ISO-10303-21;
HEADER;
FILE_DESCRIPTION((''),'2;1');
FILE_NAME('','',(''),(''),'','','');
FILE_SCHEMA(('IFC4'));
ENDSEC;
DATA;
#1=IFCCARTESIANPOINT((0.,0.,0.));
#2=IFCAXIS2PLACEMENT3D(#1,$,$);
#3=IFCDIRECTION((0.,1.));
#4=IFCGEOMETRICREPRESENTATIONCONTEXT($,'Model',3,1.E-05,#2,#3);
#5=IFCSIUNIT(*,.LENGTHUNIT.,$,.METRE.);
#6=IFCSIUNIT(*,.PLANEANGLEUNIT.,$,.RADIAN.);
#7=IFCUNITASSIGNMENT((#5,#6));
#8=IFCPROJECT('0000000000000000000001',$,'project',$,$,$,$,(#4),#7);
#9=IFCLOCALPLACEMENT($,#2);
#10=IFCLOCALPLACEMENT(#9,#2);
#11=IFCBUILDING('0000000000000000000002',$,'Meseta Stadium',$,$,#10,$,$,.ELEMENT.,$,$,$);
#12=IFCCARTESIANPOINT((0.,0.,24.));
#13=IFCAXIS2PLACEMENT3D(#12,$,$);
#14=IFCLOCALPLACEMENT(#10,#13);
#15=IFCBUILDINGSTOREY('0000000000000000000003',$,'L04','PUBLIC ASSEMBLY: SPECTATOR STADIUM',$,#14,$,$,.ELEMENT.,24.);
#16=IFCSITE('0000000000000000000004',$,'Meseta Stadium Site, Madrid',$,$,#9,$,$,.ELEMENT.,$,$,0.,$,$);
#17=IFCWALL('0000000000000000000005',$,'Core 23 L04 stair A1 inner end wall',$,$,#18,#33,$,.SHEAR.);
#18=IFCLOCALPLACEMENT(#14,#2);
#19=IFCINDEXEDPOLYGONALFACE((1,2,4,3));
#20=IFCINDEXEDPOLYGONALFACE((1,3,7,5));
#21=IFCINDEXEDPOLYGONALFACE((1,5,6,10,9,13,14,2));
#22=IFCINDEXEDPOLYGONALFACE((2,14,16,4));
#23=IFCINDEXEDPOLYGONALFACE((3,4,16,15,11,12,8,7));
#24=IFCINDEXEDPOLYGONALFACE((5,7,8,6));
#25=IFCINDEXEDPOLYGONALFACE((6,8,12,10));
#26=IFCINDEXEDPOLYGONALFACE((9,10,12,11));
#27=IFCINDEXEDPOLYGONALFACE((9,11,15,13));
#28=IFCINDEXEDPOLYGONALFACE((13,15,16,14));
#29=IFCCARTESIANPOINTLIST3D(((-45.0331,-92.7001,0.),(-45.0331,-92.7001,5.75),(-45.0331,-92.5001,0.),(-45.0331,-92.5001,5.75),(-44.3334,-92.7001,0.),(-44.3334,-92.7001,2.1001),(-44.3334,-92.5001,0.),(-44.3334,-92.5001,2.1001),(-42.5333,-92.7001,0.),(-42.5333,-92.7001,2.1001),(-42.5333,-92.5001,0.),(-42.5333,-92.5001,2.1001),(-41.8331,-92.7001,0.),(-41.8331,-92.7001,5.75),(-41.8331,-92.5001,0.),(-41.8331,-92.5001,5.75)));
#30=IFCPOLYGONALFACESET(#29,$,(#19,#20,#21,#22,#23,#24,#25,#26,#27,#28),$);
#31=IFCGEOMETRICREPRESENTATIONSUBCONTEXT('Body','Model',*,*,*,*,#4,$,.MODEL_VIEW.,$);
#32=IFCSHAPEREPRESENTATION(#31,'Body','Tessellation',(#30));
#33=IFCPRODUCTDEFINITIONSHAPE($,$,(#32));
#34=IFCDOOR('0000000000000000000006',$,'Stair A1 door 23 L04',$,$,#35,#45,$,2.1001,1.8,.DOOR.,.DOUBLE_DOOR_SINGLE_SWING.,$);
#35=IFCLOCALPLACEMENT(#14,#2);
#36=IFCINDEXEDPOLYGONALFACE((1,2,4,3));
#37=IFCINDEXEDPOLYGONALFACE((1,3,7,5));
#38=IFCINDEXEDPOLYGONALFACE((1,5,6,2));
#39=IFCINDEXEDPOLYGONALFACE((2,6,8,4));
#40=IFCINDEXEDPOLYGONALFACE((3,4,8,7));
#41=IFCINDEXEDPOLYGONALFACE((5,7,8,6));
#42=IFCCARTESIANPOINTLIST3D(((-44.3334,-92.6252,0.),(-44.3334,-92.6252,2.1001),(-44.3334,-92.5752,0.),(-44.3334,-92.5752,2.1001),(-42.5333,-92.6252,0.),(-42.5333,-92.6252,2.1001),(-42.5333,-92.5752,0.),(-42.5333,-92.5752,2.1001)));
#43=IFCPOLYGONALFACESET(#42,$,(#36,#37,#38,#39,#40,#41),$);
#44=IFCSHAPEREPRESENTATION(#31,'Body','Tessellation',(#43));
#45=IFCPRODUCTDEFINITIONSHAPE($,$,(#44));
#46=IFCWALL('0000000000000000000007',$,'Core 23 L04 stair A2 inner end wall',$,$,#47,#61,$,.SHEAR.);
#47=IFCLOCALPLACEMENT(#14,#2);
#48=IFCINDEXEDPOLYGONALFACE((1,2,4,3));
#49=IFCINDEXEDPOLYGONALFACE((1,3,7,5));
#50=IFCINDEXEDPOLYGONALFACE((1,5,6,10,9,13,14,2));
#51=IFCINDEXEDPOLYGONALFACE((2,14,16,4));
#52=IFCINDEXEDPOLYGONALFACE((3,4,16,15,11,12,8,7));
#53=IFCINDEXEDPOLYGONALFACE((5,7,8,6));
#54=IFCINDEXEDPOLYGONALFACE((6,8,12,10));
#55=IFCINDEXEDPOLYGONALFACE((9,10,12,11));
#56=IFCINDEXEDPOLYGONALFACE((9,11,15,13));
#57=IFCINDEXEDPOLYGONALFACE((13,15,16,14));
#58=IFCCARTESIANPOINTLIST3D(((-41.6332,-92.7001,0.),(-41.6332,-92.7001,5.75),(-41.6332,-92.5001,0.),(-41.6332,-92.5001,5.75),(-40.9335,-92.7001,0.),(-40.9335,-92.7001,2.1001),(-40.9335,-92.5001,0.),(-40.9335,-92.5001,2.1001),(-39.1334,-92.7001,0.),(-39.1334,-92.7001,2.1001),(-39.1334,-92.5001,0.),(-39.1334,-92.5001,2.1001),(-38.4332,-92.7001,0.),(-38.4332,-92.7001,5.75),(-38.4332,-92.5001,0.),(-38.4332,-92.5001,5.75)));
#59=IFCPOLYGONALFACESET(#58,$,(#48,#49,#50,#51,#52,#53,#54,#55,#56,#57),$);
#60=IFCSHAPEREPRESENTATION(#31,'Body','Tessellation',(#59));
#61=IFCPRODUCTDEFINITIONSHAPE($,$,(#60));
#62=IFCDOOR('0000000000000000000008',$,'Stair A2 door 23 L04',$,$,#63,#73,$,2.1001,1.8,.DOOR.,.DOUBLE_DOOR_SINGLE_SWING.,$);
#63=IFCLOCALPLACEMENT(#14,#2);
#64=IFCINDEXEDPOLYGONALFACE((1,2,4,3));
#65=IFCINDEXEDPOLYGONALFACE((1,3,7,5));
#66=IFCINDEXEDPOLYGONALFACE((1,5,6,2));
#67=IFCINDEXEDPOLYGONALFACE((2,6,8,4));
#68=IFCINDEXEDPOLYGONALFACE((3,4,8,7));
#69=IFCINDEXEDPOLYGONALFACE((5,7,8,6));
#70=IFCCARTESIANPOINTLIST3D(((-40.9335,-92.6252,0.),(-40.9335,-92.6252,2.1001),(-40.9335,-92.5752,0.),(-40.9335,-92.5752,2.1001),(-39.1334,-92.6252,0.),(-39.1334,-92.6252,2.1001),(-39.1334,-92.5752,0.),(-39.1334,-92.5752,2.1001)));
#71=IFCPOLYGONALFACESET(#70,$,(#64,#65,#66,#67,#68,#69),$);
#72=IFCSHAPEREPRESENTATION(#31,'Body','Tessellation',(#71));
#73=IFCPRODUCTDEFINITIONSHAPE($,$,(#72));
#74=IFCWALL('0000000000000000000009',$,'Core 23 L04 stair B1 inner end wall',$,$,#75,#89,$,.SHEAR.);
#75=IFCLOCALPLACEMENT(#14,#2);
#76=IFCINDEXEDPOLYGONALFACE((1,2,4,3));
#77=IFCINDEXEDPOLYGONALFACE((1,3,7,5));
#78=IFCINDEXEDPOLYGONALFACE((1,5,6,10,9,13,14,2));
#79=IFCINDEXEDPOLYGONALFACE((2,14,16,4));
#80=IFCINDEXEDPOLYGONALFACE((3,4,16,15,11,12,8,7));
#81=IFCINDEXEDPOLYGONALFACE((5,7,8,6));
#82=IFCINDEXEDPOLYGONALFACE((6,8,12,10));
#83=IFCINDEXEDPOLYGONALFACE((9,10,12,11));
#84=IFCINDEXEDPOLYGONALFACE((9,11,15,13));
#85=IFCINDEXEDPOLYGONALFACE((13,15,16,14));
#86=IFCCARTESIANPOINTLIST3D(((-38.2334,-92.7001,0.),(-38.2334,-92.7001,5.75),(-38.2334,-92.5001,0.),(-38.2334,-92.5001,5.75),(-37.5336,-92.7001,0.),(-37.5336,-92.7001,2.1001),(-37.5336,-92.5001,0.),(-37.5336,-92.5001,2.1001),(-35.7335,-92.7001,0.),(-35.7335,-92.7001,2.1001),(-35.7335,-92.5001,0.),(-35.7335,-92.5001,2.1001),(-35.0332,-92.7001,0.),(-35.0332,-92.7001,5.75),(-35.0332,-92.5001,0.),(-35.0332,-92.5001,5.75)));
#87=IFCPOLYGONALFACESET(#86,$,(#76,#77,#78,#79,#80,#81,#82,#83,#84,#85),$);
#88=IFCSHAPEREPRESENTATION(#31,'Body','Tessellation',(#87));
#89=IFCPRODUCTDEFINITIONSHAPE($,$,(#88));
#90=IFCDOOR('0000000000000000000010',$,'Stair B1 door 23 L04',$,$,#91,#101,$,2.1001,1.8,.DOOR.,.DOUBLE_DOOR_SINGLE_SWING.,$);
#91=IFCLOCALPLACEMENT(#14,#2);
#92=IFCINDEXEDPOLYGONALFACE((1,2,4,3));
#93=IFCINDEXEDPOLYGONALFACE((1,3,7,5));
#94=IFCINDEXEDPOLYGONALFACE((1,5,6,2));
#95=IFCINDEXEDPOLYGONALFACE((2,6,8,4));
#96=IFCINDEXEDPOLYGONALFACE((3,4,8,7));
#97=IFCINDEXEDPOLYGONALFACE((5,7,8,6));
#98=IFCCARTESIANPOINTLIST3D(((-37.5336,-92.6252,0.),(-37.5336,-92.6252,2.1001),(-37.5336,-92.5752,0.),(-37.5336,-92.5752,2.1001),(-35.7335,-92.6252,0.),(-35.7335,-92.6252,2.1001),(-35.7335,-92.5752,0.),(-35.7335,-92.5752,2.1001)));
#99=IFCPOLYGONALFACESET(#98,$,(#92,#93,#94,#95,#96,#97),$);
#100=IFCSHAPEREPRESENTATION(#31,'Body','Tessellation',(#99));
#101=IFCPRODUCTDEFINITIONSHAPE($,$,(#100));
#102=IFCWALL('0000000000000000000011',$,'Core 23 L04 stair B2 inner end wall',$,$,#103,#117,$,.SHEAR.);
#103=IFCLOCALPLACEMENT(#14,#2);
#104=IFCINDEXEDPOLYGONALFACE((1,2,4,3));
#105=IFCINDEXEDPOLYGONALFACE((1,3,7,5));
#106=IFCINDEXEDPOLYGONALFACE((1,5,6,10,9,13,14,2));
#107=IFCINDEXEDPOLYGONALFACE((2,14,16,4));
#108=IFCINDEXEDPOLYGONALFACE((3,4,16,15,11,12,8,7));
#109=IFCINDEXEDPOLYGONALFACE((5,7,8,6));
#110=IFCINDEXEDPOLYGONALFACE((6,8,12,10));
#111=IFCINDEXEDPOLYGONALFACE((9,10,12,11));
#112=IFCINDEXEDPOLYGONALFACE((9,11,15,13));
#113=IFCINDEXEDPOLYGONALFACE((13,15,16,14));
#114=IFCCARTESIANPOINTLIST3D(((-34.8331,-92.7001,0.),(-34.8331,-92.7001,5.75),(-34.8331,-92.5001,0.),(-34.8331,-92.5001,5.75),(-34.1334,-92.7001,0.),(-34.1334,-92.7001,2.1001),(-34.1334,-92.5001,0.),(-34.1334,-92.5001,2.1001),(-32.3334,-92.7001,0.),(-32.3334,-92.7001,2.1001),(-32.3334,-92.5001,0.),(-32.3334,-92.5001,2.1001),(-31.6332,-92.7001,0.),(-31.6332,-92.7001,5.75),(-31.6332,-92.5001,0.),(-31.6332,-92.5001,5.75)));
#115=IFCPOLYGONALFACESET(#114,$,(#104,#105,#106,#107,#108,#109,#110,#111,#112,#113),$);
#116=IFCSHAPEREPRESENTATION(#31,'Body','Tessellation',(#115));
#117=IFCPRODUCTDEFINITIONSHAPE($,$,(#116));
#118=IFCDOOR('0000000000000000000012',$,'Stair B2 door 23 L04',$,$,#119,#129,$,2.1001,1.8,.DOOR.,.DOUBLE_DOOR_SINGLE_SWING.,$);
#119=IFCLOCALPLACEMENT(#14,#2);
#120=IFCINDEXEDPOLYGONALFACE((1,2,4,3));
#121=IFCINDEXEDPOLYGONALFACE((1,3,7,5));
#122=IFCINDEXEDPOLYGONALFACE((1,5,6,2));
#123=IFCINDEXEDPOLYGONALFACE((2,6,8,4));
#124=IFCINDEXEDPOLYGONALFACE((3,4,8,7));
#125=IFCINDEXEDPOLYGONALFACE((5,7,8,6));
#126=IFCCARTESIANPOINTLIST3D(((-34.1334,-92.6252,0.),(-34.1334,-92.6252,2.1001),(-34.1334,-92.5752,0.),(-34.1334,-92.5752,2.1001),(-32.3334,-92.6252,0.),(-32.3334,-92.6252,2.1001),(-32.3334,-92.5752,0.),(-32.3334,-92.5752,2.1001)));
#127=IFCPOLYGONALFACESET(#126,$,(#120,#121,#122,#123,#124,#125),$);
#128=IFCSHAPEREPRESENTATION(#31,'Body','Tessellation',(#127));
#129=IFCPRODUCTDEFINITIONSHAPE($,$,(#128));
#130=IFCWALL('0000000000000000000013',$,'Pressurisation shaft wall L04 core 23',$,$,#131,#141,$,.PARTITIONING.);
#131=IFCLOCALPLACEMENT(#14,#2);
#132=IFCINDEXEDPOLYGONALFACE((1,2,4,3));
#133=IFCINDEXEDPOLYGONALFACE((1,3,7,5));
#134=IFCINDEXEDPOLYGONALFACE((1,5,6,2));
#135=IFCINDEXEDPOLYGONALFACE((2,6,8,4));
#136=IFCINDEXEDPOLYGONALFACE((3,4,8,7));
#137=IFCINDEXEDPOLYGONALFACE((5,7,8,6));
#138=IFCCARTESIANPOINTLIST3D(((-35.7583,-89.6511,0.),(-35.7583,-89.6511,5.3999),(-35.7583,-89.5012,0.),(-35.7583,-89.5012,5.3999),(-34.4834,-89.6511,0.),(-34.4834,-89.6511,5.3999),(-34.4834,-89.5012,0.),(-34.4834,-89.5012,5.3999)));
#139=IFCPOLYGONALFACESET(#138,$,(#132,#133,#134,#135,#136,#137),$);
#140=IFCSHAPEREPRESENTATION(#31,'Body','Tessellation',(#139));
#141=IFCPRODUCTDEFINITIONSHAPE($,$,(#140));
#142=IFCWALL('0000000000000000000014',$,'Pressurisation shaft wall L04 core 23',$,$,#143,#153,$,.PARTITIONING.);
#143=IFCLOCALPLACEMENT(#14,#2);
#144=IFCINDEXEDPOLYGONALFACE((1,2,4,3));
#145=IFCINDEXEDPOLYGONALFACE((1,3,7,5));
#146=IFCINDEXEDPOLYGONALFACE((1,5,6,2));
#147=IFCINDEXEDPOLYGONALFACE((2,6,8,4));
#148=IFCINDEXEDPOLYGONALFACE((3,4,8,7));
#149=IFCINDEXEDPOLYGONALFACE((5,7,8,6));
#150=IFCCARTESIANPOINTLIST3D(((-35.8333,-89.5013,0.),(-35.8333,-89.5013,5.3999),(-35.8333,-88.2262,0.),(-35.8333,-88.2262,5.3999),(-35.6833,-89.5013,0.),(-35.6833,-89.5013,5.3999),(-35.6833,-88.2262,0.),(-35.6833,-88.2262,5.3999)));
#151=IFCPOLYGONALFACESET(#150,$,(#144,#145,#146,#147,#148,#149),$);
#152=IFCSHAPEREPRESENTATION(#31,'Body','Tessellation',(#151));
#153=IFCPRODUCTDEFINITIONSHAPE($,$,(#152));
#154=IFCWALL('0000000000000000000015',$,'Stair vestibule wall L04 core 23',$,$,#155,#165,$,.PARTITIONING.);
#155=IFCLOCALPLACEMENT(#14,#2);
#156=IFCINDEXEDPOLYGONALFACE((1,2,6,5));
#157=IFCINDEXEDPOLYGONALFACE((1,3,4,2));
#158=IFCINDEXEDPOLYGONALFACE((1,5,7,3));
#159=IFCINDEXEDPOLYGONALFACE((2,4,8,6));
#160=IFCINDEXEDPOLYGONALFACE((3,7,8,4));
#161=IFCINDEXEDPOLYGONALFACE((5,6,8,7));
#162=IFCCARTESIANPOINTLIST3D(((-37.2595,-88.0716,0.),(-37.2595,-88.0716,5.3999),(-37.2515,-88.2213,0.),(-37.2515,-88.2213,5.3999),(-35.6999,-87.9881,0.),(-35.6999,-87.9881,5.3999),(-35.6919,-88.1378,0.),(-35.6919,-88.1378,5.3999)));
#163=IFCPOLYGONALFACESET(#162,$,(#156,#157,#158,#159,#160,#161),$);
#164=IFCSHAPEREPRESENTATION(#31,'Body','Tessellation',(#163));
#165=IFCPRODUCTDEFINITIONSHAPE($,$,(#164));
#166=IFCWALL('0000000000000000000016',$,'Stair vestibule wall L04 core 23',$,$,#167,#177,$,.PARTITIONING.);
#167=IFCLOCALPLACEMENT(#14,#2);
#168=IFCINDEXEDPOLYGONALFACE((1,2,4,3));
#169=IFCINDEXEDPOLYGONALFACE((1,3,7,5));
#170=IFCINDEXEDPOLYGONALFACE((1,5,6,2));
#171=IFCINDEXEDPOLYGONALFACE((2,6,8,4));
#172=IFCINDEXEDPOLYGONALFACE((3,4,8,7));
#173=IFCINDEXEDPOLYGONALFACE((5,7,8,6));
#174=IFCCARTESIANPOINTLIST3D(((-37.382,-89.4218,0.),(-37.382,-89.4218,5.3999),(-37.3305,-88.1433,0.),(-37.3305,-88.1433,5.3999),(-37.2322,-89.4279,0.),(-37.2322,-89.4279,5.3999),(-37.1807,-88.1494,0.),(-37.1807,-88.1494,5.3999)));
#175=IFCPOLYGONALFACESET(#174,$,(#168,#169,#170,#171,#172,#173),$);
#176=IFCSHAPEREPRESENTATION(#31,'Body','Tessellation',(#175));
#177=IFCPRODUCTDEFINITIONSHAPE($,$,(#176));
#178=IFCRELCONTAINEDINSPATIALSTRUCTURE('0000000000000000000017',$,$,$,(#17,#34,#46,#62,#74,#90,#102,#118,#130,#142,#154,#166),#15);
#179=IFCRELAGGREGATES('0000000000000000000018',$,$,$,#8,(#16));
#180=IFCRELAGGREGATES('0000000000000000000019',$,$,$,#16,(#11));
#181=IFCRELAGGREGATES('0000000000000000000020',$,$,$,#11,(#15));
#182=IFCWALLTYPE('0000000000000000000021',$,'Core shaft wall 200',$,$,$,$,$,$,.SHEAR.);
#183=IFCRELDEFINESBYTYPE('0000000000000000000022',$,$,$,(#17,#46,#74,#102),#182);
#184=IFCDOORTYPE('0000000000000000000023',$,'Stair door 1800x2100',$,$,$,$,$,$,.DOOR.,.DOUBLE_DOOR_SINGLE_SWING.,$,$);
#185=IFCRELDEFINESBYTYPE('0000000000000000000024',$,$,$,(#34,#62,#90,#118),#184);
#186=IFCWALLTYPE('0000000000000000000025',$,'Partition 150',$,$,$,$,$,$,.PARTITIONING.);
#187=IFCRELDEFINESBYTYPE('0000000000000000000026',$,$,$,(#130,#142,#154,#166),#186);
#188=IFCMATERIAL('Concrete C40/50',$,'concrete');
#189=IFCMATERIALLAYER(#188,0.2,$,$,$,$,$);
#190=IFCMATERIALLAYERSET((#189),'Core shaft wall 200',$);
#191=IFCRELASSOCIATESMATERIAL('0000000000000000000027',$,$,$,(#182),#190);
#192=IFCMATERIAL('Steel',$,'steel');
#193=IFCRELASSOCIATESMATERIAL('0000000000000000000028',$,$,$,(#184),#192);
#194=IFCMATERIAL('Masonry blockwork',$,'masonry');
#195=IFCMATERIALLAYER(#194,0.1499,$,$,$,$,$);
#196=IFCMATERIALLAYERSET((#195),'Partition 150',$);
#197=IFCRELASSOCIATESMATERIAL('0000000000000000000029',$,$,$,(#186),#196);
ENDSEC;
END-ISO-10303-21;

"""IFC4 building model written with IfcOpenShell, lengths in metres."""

from ifc_helpers import new_model, si_unit, direction, frame, frame_2d, origin, place, context, subcontext, project, spatial, rectangle, extrude, material, layer, layer_set, type_object, element, fill, save


model = new_model("IFC4")

# Units and contexts
model_context = context("Model", 3, precision=1e-05, world=origin(), true_north=direction((0.0, 1.0)))
body_context = subcontext(model_context, "Body", "Model", "MODEL_VIEW")
ifc_project = project(units=[si_unit("LENGTHUNIT", "METRE"), si_unit("PLANEANGLEUNIT", "RADIAN")], contexts=[model_context])

# Site, building, storey
site_placement = place(None, origin())
site = spatial("IfcSite", under=ifc_project, at=site_placement, Name="Meseta Stadium Site, Madrid", CompositionType="ELEMENT", RefElevation=0.0)
building_placement = place(site_placement, origin())
building = spatial("IfcBuilding", under=site, at=building_placement, Name="Meseta Stadium", CompositionType="ELEMENT")
storey_placement = place(building_placement, frame((0.0, 0.0, 24.0)))
storey = spatial("IfcBuildingStorey", under=building, at=storey_placement, Name="L04", Description="PUBLIC ASSEMBLY: SPECTATOR STADIUM", CompositionType="ELEMENT", Elevation=24.0)

# Walls, openings, doors
ifc_material_1 = material(Name="Concrete C40/50", Category="concrete")
ifc_layer_1 = layer(ifc_material_1, 0.2)
ifc_layer_set_1 = layer_set([ifc_layer_1], Name="Core shaft wall 200")
wall_type_1 = type_object("IfcWallType", Name="Core shaft wall 200", PredefinedType="SHEAR", material=ifc_layer_set_1)
wall_1_placement = place(storey_placement, frame((-45.0332, -92.6001, 0.0), z_axis=(0.0, 0.0, 1.0), x_axis=(1.0, 0.0, 0.0)))
wall_1 = element("IfcWall", 1, at=wall_1_placement, inside=storey, type_object=wall_type_1, Name="Core 23 L04 stair A1 inner end wall", PredefinedType="SHEAR", context=body_context, shape_type="SweptSolid", body=[
    extrude(rectangle(XDim=3.2, YDim=0.2, at=frame_2d((1.6001, 0.0))), origin(), (0.0, 0.0, 1.0), 5.75),
])
opening_1_placement = place(wall_1_placement, frame((0.7, 0.0, 0.0)))
opening_1 = element("IfcOpeningElement", 2, at=opening_1_placement, cuts=wall_1, PredefinedType="OPENING", context=body_context, shape_type="SweptSolid", body=[
    extrude(rectangle(XDim=1.8, YDim=2.1001, at=frame_2d((0.8999, 1.05))), frame((0.0, 0.1099, 0.0), z_axis=(0.0, -1.0, 0.0), x_axis=(1.0, 0.0, 0.0)), (0.0, 0.0, 1.0), 0.22),
])
ifc_material_2 = material(Name="Steel", Category="steel")
door_type_1 = type_object("IfcDoorType", Name="Stair door 1800x2100", OperationType="DOUBLE_DOOR_SINGLE_SWING", PredefinedType="DOOR", material=ifc_material_2)
door_1_placement = place(opening_1_placement, origin())
door_1 = element("IfcDoor", 3, at=door_1_placement, inside=storey, type_object=door_type_1, Name="Stair A1 door 23 L04", OperationType="DOUBLE_DOOR_SINGLE_SWING", OverallHeight=2.1001, OverallWidth=1.8, PredefinedType="DOOR", context=body_context, shape_type="SweptSolid", body=[
    extrude(rectangle(XDim=1.8, YDim=2.1001, at=frame_2d((0.8999, 1.05))), frame((0.0, 0.0249, 0.0), z_axis=(0.0, -1.0, 0.0), x_axis=(1.0, 0.0, 0.0)), (0.0, 0.0, 1.0), 0.05),
])
fill(opening_1, door_1)
wall_2_placement = place(storey_placement, frame((-41.6333, -92.6001, 0.0), z_axis=(0.0, 0.0, 1.0), x_axis=(1.0, 0.0, 0.0)))
wall_2 = element("IfcWall", 4, at=wall_2_placement, inside=storey, type_object=wall_type_1, Name="Core 23 L04 stair A2 inner end wall", PredefinedType="SHEAR", context=body_context, shape_type="SweptSolid", body=[
    extrude(rectangle(XDim=3.2, YDim=0.2, at=frame_2d((1.6001, 0.0))), origin(), (0.0, 0.0, 1.0), 5.75),
])
opening_2_placement = place(wall_2_placement, frame((0.7, 0.0, 0.0)))
opening_2 = element("IfcOpeningElement", 5, at=opening_2_placement, cuts=wall_2, PredefinedType="OPENING", context=body_context, shape_type="SweptSolid", body=[
    extrude(rectangle(XDim=1.8, YDim=2.1001, at=frame_2d((0.8999, 1.05))), frame((0.0, 0.1099, 0.0), z_axis=(0.0, -1.0, 0.0), x_axis=(1.0, 0.0, 0.0)), (0.0, 0.0, 1.0), 0.22),
])
door_2_placement = place(opening_2_placement, origin())
door_2 = element("IfcDoor", 6, at=door_2_placement, inside=storey, type_object=door_type_1, Name="Stair A2 door 23 L04", OperationType="DOUBLE_DOOR_SINGLE_SWING", OverallHeight=2.1001, OverallWidth=1.8, PredefinedType="DOOR", context=body_context, shape_type="SweptSolid", body=[
    extrude(rectangle(XDim=1.8, YDim=2.1001, at=frame_2d((0.8999, 1.05))), frame((0.0, 0.0249, 0.0), z_axis=(0.0, -1.0, 0.0), x_axis=(1.0, 0.0, 0.0)), (0.0, 0.0, 1.0), 0.05),
])
fill(opening_2, door_2)
wall_3_placement = place(storey_placement, frame((-38.2334, -92.6001, 0.0), z_axis=(0.0, 0.0, 1.0), x_axis=(1.0, 0.0, 0.0)))
wall_3 = element("IfcWall", 7, at=wall_3_placement, inside=storey, type_object=wall_type_1, Name="Core 23 L04 stair B1 inner end wall", PredefinedType="SHEAR", context=body_context, shape_type="SweptSolid", body=[
    extrude(rectangle(XDim=3.2002, YDim=0.2, at=frame_2d((1.6001, 0.0))), origin(), (0.0, 0.0, 1.0), 5.75),
])
opening_3_placement = place(wall_3_placement, frame((0.7, 0.0, 0.0)))
opening_3 = element("IfcOpeningElement", 8, at=opening_3_placement, cuts=wall_3, PredefinedType="OPENING", context=body_context, shape_type="SweptSolid", body=[
    extrude(rectangle(XDim=1.8, YDim=2.1001, at=frame_2d((0.8999, 1.05))), frame((0.0, 0.1099, 0.0), z_axis=(0.0, -1.0, 0.0), x_axis=(1.0, 0.0, 0.0)), (0.0, 0.0, 1.0), 0.22),
])
door_3_placement = place(opening_3_placement, origin())
door_3 = element("IfcDoor", 9, at=door_3_placement, inside=storey, type_object=door_type_1, Name="Stair B1 door 23 L04", OperationType="DOUBLE_DOOR_SINGLE_SWING", OverallHeight=2.1001, OverallWidth=1.8, PredefinedType="DOOR", context=body_context, shape_type="SweptSolid", body=[
    extrude(rectangle(XDim=1.8, YDim=2.1001, at=frame_2d((0.8999, 1.05))), frame((0.0, 0.0249, 0.0), z_axis=(0.0, -1.0, 0.0), x_axis=(1.0, 0.0, 0.0)), (0.0, 0.0, 1.0), 0.05),
])
fill(opening_3, door_3)
wall_4_placement = place(storey_placement, frame((-34.8333, -92.6001, 0.0), z_axis=(0.0, 0.0, 1.0), x_axis=(1.0, 0.0, 0.0)))
wall_4 = element("IfcWall", 10, at=wall_4_placement, inside=storey, type_object=wall_type_1, Name="Core 23 L04 stair B2 inner end wall", PredefinedType="SHEAR", context=body_context, shape_type="SweptSolid", body=[
    extrude(rectangle(XDim=3.2, YDim=0.2, at=frame_2d((1.6001, 0.0))), origin(), (0.0, 0.0, 1.0), 5.75),
])
opening_4_placement = place(wall_4_placement, frame((0.7, 0.0, 0.0)))
opening_4 = element("IfcOpeningElement", 11, at=opening_4_placement, cuts=wall_4, PredefinedType="OPENING", context=body_context, shape_type="SweptSolid", body=[
    extrude(rectangle(XDim=1.8, YDim=2.1001, at=frame_2d((0.8999, 1.05))), frame((0.0, 0.1099, 0.0), z_axis=(0.0, -1.0, 0.0), x_axis=(1.0, 0.0, 0.0)), (0.0, 0.0, 1.0), 0.22),
])
door_4_placement = place(opening_4_placement, origin())
door_4 = element("IfcDoor", 12, at=door_4_placement, inside=storey, type_object=door_type_1, Name="Stair B2 door 23 L04", OperationType="DOUBLE_DOOR_SINGLE_SWING", OverallHeight=2.1001, OverallWidth=1.8, PredefinedType="DOOR", context=body_context, shape_type="SweptSolid", body=[
    extrude(rectangle(XDim=1.8, YDim=2.1001, at=frame_2d((0.8999, 1.05))), frame((0.0, 0.0249, 0.0), z_axis=(0.0, -1.0, 0.0), x_axis=(1.0, 0.0, 0.0)), (0.0, 0.0, 1.0), 0.05),
])
fill(opening_4, door_4)

# Walls
ifc_material_3 = material(Name="Masonry blockwork", Category="masonry")
ifc_layer_2 = layer(ifc_material_3, 0.1499)
ifc_layer_set_2 = layer_set([ifc_layer_2], Name="Partition 150")
wall_type_2 = type_object("IfcWallType", Name="Partition 150", PredefinedType="PARTITIONING", material=ifc_layer_set_2)
wall_5_placement = place(storey_placement, frame((-35.7583, -89.5762, 0.0), z_axis=(0.0, 0.0, 1.0), x_axis=(1.0, 0.0, 0.0)))
element("IfcWall", 13, at=wall_5_placement, inside=storey, type_object=wall_type_2, Name="Pressurisation shaft wall L04 core 23", PredefinedType="PARTITIONING", context=body_context, shape_type="SweptSolid", body=[
    extrude(rectangle(XDim=1.2749, YDim=0.1499, at=frame_2d((0.6375, 0.0))), origin(), (0.0, 0.0, 1.0), 5.3999),
])
wall_6_placement = place(storey_placement, frame((-35.7583, -88.2261, 0.0), z_axis=(0.0, 0.0, 1.0), x_axis=(0.0, -1.0, 0.0)))
element("IfcWall", 14, at=wall_6_placement, inside=storey, type_object=wall_type_2, Name="Pressurisation shaft wall L04 core 23", PredefinedType="PARTITIONING", context=body_context, shape_type="SweptSolid", body=[
    extrude(rectangle(XDim=1.2751, YDim=0.1499, at=frame_2d((0.6377, 0.0))), origin(), (0.0, 0.0, 1.0), 5.3999),
])
wall_7_placement = place(storey_placement, frame((-35.696, -88.063, 0.0), z_axis=(0.0, 0.0, 1.0), x_axis=(-0.99857, -0.053461, 0.0)))
element("IfcWall", 15, at=wall_7_placement, inside=storey, type_object=wall_type_2, Name="Stair vestibule wall L04 core 23", PredefinedType="PARTITIONING", context=body_context, shape_type="SweptSolid", body=[
    extrude(rectangle(XDim=1.5618, YDim=0.1499, at=frame_2d((0.7808, 0.0))), origin(), (0.0, 0.0, 1.0), 5.3999),
])
wall_8_placement = place(storey_placement, frame((-37.2556, -88.1465, 0.0), z_axis=(0.0, 0.0, 1.0), x_axis=(-0.040258, -0.999189, 0.0)))
element("IfcWall", 16, at=wall_8_placement, inside=storey, type_object=wall_type_2, Name="Stair vestibule wall L04 core 23", PredefinedType="PARTITIONING", context=body_context, shape_type="SweptSolid", body=[
    extrude(rectangle(XDim=1.2795, YDim=0.1499, at=frame_2d((0.6396, 0.0))), origin(), (0.0, 0.0, 1.0), 5.3999),
])

save(model, "model.ifc")
